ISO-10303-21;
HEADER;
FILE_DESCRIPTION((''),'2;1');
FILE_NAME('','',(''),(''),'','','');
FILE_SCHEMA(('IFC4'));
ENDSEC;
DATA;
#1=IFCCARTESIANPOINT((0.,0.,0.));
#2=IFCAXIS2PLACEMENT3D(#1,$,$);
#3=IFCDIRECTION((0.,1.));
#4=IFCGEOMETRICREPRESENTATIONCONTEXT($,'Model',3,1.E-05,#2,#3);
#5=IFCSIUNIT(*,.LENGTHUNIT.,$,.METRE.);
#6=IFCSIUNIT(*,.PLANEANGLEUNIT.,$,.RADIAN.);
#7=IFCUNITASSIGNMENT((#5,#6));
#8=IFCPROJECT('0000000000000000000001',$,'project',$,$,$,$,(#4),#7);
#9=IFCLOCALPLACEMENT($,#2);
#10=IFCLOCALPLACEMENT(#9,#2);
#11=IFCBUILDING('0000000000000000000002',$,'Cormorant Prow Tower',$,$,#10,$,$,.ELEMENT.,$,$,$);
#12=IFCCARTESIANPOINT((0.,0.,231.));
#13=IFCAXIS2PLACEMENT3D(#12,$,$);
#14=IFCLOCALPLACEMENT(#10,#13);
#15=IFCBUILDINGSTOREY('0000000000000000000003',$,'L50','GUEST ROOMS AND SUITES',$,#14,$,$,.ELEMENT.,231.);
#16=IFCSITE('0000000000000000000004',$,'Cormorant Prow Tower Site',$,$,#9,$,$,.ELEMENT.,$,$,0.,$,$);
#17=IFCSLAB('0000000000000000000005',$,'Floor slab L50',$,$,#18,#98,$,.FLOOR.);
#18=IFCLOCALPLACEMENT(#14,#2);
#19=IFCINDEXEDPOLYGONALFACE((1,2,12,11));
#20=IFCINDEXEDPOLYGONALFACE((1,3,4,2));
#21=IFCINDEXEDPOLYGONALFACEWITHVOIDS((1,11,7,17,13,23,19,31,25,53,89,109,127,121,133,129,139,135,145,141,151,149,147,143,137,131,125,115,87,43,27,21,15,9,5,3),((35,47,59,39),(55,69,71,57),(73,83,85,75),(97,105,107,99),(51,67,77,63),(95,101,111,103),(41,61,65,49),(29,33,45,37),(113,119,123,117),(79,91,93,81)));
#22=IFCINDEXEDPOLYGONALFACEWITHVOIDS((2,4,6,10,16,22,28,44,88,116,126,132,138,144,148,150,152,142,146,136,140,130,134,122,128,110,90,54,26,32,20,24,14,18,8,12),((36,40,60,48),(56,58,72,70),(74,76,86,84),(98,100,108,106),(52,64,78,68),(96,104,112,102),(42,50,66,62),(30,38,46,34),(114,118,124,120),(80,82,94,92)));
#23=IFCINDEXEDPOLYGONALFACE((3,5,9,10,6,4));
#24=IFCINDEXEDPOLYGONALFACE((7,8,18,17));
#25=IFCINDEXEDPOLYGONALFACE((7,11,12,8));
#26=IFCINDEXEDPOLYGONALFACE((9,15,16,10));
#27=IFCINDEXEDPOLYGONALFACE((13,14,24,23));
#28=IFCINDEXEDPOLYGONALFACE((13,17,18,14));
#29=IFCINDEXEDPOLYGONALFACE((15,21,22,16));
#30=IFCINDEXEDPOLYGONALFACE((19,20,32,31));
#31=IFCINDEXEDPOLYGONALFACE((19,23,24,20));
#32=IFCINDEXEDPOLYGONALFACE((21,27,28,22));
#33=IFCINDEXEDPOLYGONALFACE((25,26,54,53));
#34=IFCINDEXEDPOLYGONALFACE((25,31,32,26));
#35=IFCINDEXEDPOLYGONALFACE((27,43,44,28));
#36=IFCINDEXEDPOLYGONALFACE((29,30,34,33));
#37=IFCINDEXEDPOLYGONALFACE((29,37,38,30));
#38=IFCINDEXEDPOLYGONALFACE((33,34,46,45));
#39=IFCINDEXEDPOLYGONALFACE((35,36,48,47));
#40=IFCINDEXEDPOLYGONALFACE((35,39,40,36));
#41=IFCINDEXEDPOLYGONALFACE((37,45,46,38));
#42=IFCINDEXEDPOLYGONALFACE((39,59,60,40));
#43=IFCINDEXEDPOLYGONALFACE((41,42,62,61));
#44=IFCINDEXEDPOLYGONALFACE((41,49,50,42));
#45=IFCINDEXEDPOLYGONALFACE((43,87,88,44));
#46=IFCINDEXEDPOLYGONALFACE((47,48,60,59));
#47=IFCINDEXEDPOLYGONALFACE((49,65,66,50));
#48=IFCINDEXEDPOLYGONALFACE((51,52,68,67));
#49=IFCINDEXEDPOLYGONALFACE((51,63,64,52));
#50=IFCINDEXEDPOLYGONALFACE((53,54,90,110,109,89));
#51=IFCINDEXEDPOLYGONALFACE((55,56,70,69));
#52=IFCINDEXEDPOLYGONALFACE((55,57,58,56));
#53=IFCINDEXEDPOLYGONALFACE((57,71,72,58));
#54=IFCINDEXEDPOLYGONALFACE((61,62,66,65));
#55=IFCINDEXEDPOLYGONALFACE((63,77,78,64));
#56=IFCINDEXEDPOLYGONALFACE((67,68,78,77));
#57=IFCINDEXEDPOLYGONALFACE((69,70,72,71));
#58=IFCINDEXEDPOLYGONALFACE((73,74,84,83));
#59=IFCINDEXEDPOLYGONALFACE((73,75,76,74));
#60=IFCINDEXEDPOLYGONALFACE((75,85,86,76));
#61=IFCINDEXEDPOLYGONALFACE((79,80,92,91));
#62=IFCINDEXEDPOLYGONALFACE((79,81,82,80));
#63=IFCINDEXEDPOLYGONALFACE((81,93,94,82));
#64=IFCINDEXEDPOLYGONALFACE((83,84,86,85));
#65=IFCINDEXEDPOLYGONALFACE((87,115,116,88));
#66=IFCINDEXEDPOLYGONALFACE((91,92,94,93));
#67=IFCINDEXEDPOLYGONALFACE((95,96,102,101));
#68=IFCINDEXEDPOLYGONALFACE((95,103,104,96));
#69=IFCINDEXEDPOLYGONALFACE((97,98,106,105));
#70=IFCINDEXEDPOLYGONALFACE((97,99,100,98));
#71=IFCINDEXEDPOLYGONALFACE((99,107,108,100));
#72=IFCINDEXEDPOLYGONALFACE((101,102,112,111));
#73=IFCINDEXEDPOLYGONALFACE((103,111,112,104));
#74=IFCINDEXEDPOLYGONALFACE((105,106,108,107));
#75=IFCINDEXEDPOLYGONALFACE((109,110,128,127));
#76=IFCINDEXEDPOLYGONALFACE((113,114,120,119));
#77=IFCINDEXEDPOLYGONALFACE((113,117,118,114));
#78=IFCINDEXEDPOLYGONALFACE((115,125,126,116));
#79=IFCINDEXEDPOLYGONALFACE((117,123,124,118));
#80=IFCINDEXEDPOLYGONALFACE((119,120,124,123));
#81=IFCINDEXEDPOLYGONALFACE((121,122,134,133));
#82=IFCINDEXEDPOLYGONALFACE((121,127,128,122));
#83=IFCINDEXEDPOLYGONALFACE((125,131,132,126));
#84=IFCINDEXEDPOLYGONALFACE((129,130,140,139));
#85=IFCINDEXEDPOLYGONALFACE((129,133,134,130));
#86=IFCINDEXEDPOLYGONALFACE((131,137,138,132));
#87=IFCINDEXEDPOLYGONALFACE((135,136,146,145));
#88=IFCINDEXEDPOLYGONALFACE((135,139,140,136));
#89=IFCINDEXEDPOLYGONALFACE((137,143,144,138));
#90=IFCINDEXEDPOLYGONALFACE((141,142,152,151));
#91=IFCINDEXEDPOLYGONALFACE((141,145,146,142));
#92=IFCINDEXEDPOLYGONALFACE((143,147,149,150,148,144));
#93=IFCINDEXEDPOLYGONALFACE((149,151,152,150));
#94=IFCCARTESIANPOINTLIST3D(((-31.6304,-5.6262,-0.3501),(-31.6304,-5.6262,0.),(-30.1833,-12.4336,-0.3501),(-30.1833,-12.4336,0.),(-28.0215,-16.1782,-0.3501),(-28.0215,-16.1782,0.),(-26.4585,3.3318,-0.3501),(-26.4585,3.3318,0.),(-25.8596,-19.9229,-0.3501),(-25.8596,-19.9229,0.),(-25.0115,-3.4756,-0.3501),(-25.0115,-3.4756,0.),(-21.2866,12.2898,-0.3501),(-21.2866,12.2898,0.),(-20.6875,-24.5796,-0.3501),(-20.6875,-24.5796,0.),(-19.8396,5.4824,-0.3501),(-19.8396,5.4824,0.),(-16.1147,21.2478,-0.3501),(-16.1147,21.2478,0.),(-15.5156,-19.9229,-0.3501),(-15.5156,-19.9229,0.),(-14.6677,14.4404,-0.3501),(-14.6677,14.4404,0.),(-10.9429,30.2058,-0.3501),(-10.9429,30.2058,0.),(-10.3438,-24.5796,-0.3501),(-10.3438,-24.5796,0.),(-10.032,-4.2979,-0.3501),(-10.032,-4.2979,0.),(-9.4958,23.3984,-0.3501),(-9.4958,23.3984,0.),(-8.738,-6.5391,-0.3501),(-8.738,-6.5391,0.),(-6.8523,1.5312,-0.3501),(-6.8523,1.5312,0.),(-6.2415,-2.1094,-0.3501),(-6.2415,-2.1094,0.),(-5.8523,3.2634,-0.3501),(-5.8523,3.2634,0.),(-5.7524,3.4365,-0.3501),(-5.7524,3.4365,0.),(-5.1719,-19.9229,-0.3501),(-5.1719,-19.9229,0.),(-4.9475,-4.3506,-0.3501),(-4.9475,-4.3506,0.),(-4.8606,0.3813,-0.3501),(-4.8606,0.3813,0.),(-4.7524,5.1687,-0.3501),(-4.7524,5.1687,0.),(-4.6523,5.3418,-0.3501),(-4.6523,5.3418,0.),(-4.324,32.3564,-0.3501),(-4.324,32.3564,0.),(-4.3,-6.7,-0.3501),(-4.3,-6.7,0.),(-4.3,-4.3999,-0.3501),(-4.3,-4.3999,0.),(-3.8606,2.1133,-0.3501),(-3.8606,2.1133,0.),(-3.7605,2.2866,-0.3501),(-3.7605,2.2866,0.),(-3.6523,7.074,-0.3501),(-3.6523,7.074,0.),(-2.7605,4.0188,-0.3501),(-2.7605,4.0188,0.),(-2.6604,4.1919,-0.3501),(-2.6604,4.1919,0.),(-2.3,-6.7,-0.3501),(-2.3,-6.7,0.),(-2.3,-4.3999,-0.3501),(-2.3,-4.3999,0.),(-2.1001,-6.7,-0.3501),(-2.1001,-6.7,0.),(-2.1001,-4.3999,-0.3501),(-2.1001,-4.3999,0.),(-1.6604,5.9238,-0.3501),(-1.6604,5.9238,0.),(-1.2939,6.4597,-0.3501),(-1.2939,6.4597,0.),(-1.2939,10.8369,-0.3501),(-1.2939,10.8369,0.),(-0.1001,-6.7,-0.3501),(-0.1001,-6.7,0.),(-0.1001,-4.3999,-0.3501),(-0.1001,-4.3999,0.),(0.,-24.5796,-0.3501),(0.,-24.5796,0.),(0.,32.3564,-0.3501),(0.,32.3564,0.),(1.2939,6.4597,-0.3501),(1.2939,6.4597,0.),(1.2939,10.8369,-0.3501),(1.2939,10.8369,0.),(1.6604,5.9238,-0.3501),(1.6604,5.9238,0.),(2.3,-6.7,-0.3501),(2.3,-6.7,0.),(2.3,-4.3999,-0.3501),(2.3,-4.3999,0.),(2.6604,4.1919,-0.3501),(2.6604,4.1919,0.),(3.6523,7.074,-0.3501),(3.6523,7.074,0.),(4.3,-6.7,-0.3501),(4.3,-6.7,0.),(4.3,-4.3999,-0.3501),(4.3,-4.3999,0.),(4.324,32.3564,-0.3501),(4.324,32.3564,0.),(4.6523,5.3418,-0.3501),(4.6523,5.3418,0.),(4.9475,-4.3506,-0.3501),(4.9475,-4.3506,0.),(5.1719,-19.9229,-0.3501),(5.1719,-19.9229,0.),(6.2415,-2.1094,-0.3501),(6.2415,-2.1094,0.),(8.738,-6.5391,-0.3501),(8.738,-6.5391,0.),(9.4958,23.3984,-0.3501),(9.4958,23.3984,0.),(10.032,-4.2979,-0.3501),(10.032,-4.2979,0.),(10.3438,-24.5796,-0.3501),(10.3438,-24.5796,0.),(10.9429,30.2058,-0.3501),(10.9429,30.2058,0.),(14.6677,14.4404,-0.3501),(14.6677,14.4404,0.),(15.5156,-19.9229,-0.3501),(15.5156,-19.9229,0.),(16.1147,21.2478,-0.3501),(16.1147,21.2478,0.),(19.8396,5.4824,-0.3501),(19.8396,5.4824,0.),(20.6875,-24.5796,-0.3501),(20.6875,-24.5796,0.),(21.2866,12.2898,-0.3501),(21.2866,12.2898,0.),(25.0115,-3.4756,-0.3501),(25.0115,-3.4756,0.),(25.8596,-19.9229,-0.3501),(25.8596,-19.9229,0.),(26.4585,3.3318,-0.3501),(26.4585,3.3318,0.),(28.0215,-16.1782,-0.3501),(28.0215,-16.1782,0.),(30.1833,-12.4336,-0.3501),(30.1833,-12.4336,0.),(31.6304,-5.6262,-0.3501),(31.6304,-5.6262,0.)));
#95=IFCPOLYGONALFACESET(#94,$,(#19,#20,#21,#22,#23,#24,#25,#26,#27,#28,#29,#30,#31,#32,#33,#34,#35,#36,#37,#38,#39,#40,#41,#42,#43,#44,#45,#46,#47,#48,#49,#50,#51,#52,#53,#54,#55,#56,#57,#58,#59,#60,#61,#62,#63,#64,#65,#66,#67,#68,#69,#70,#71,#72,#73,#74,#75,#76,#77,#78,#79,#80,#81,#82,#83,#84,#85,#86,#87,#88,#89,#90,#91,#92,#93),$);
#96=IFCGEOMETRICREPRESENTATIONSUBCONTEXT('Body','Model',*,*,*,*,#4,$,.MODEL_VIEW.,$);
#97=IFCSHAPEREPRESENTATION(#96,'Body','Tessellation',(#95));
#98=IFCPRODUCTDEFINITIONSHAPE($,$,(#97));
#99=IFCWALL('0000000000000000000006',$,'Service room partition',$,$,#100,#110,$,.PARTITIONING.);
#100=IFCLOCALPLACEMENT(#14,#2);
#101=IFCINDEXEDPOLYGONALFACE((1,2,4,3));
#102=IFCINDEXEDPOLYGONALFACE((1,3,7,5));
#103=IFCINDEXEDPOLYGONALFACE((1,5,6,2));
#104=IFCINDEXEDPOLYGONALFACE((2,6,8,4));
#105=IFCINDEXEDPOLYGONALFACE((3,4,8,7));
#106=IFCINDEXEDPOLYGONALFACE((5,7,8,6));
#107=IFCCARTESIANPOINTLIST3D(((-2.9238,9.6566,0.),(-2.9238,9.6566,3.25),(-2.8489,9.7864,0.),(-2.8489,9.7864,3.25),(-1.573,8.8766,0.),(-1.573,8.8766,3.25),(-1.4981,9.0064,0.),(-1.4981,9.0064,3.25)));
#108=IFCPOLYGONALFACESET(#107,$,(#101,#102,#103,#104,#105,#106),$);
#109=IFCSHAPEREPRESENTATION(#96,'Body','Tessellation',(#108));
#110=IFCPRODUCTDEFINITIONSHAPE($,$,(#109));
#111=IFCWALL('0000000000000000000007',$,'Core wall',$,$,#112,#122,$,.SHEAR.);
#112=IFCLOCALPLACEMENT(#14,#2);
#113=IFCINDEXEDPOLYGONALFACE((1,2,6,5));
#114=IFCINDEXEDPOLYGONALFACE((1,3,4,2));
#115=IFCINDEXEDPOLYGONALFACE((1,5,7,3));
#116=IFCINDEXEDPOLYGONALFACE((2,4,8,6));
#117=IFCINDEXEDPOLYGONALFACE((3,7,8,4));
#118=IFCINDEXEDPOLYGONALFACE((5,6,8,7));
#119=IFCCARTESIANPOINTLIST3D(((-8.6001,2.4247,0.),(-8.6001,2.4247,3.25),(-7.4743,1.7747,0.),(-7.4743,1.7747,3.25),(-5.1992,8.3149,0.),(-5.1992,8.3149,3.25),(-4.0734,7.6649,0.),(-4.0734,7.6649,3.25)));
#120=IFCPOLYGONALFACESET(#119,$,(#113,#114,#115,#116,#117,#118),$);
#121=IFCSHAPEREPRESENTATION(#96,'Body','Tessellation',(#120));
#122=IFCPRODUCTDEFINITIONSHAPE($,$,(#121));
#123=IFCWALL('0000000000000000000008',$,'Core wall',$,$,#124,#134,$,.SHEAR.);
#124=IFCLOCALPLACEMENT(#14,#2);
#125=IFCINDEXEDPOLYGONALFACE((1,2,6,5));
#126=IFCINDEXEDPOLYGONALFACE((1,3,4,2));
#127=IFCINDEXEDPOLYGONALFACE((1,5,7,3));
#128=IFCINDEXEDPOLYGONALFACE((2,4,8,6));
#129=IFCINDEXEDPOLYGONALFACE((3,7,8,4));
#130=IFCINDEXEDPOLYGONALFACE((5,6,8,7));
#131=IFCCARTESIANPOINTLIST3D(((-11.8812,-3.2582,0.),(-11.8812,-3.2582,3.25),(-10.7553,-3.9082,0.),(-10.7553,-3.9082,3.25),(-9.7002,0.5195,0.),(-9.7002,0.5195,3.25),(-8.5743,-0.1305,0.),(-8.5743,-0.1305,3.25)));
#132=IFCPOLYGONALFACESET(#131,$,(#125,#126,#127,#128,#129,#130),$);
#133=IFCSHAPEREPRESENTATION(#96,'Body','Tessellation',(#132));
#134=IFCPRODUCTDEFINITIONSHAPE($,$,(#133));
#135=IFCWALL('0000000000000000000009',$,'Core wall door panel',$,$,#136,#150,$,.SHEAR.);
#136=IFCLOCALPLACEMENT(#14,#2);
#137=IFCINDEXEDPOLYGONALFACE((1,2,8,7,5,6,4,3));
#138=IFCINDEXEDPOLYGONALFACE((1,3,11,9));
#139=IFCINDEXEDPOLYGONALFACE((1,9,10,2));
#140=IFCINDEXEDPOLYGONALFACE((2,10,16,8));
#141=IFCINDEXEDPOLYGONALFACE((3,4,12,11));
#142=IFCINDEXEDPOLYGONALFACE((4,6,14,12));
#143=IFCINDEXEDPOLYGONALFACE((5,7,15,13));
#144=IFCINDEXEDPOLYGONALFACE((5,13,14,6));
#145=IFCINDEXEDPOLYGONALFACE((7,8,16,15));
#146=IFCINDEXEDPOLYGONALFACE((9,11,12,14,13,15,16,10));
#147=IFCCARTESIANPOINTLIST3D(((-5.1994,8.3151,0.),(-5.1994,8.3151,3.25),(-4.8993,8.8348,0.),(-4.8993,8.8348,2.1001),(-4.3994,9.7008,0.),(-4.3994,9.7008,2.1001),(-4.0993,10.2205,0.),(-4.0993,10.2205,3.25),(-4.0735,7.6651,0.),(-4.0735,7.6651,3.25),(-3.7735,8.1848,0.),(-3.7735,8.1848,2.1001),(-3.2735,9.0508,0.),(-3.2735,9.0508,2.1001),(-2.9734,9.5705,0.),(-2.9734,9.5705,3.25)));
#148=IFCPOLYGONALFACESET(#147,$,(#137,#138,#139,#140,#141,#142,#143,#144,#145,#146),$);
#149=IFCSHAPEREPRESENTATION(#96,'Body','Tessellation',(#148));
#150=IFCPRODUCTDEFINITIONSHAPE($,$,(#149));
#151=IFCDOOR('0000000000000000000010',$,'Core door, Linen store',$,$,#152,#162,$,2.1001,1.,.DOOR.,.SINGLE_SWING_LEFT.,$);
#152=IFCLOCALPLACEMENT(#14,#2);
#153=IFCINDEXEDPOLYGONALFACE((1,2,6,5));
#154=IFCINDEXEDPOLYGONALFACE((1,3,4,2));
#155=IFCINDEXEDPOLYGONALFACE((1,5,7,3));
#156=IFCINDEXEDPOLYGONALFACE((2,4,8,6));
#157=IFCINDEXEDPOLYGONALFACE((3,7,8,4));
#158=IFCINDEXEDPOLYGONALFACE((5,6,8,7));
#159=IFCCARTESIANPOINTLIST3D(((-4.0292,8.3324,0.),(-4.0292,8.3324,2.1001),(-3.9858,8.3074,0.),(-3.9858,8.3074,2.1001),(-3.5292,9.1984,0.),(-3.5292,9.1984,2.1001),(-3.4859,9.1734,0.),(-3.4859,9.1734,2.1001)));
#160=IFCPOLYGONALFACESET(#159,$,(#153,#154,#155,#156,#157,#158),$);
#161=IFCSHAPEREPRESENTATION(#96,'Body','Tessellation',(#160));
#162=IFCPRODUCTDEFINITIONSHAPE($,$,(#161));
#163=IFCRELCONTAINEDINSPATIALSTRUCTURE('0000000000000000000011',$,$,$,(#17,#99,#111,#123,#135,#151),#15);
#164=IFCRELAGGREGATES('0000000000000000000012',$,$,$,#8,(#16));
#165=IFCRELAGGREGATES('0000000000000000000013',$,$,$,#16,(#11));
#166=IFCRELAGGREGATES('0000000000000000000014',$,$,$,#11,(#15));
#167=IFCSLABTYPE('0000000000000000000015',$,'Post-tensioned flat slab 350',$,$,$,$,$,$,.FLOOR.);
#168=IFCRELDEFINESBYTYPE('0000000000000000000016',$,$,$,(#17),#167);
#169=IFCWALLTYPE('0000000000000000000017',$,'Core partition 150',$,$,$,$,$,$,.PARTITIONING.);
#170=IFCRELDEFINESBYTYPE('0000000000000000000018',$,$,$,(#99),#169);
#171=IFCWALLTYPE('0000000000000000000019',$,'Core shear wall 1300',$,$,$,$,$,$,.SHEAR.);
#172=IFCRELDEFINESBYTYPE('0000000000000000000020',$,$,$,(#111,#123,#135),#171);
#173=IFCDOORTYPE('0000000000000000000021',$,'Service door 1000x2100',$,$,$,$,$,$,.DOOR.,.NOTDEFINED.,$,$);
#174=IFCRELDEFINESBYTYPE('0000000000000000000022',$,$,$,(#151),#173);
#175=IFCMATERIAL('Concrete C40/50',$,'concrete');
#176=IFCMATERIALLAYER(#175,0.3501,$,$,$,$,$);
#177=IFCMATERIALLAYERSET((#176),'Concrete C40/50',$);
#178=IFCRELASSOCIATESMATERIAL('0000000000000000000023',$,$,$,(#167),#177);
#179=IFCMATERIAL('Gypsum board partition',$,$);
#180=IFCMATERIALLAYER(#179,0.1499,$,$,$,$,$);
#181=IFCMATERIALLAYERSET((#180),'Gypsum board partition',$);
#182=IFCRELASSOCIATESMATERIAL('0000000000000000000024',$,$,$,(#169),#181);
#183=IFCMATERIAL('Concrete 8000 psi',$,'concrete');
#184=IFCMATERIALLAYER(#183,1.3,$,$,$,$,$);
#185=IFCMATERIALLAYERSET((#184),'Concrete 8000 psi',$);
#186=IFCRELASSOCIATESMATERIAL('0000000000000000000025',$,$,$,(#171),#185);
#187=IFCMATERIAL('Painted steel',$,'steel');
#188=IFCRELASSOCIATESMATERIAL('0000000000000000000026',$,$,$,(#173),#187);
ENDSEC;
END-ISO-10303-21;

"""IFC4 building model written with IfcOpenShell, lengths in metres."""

from ifc_helpers import new_model, si_unit, direction, frame, frame_2d, origin, place, context, subcontext, project, spatial, polyline, rectangle, outline, extrude, material, layer, layer_set, type_object, element, fill, save


model = new_model("IFC4")

# Units and contexts
model_context = context("Model", 3, precision=1e-05, world=origin(), true_north=direction((0.0, 1.0)))
body_context = subcontext(model_context, "Body", "Model", "MODEL_VIEW")
ifc_project = project(units=[si_unit("LENGTHUNIT", "METRE"), si_unit("PLANEANGLEUNIT", "RADIAN")], contexts=[model_context])

# Site, building, storey
site_placement = place(None, origin())
site = spatial("IfcSite", under=ifc_project, at=site_placement, Name="Cormorant Prow Tower Site", CompositionType="ELEMENT", RefElevation=0.0)
building_placement = place(site_placement, origin())
building = spatial("IfcBuilding", under=site, at=building_placement, Name="Cormorant Prow Tower", CompositionType="ELEMENT")
storey_placement = place(building_placement, frame((0.0, 0.0, 231.0)))
storey = spatial("IfcBuildingStorey", under=building, at=storey_placement, Name="L50", Description="GUEST ROOMS AND SUITES", CompositionType="ELEMENT", Elevation=231.0)

# Slab
ifc_material_1 = material(Name="Concrete C40/50", Category="concrete")
ifc_layer_1 = layer(ifc_material_1, 0.3501)
ifc_layer_set_1 = layer_set([ifc_layer_1], Name="Concrete C40/50")
slab_type_1 = type_object("IfcSlabType", Name="Post-tensioned flat slab 350", PredefinedType="FLOOR", material=ifc_layer_set_1)
slab_1_placement = place(storey_placement, frame((0.0, 0.0, -0.3501)))
element("IfcSlab", 1, at=slab_1_placement, inside=storey, type_object=slab_type_1, Name="Floor slab L50", PredefinedType="FLOOR", context=body_context, shape_type="SweptSolid", body=[
    extrude(outline(polyline([(-9.4958, 23.3984), (-16.1147, 21.2478), (-14.6677, 14.4404), (-21.2866, 12.2898), (-19.8396, 5.4824), (-26.4585, 3.3318), (-25.0115, -3.4756), (-31.6304, -5.6262), (-30.1833, -12.4336), (-28.0215, -16.1782), (-25.8596, -19.9229), (-20.6875, -24.5796), (-15.5156, -19.9229), (-10.3438, -24.5796), (-5.1719, -19.9229), (0.0, -24.5796), (5.1719, -19.9229), (10.3438, -24.5796), (15.5156, -19.9229), (20.6875, -24.5796), (25.8596, -19.9229), (28.0215, -16.1782), (30.1833, -12.4336), (31.6304, -5.6262), (25.0115, -3.4756), (26.4585, 3.3318), (19.8396, 5.4824), (21.2866, 12.2898), (14.6677, 14.4404), (16.1147, 21.2478), (9.4958, 23.3984), (10.9429, 30.2058), (4.324, 32.3564), (0.0, 32.3564), (-4.324, 32.3564), (-10.9429, 30.2058), (-9.4958, 23.3984)]), holes=[polyline([(-4.3, -4.3999), (-2.3, -4.3999), (-2.3, -6.7), (-4.3, -6.7), (-4.3, -4.3999)]), polyline([(-0.1001, -4.3999), (-0.1001, -6.7), (-2.1001, -6.7), (-2.1001, -4.3999), (-0.1001, -4.3999)]), polyline([(4.3, -6.7), (2.3, -6.7), (2.3, -4.3999), (4.3, -4.3999), (4.3, -6.7)]), polyline([(4.6523, 5.3418), (2.6604, 4.1919), (1.6604, 5.9238), (3.6523, 7.074), (4.6523, 5.3418)]), polyline([(-1.6604, 5.9238), (-2.6604, 4.1919), (-4.6523, 5.3418), (-3.6523, 7.074), (-1.6604, 5.9238)]), polyline([(-3.7605, 2.2866), (-5.7524, 3.4365), (-4.7524, 5.1687), (-2.7605, 4.0188), (-3.7605, 2.2866)]), polyline([(-6.8523, 1.5312), (-5.8523, 3.2634), (-3.8606, 2.1133), (-4.8606, 0.3813), (-6.8523, 1.5312)]), polyline([(-4.9475, -4.3506), (-8.738, -6.5391), (-10.032, -4.2979), (-6.2415, -2.1094), (-4.9475, -4.3506)]), polyline([(10.032, -4.2979), (8.738, -6.5391), (4.9475, -4.3506), (6.2415, -2.1094), (10.032, -4.2979)]), polyline([(1.2939, 10.8369), (1.2939, 6.4597), (-1.2939, 6.4597), (-1.2939, 10.8369), (1.2939, 10.8369)])]), origin(), (0.0, 0.0, 1.0), 0.3501),
])

# Walls
ifc_material_2 = material(Name="Gypsum board partition")
ifc_layer_2 = layer(ifc_material_2, 0.1499)
ifc_layer_set_2 = layer_set([ifc_layer_2], Name="Gypsum board partition")
wall_type_1 = type_object("IfcWallType", Name="Core partition 150", PredefinedType="PARTITIONING", material=ifc_layer_set_2)
wall_1_placement = place(storey_placement, frame((-2.8862, 9.7214, 0.0), z_axis=(0.0, 0.0, 1.0), x_axis=(0.86599, -0.500061, 0.0)))
element("IfcWall", 2, at=wall_1_placement, inside=storey, type_object=wall_type_1, Name="Service room partition", PredefinedType="PARTITIONING", context=body_context, shape_type="SweptSolid", body=[
    extrude(rectangle(XDim=1.5598, YDim=0.1499, at=frame_2d((0.7798, 0.0))), origin(), (0.0, 0.0, 1.0), 3.25),
])
ifc_material_3 = material(Name="Concrete 8000 psi", Category="concrete")
ifc_layer_3 = layer(ifc_material_3, 1.3)
ifc_layer_set_3 = layer_set([ifc_layer_3], Name="Concrete 8000 psi")
wall_type_2 = type_object("IfcWallType", Name="Core shear wall 1300", PredefinedType="SHEAR", material=ifc_layer_set_3)
wall_2_placement = place(storey_placement, frame((-4.6362, 7.99, 0.0), z_axis=(0.0, 0.0, 1.0), x_axis=(-0.500023, -0.866012, 0.0)))
element("IfcWall", 3, at=wall_2_placement, inside=storey, type_object=wall_type_2, Name="Core wall", PredefinedType="SHEAR", context=body_context, shape_type="SweptSolid", body=[
    extrude(rectangle(XDim=6.8015, YDim=1.3, at=frame_2d((3.4009, 0.0))), origin(), (0.0, 0.0, 1.0), 3.25),
])
wall_3_placement = place(storey_placement, frame((-9.1372, 0.1946, 0.0), z_axis=(0.0, 0.0, 1.0), x_axis=(-0.499986, -0.866034, 0.0)))
element("IfcWall", 4, at=wall_3_placement, inside=storey, type_object=wall_type_2, Name="Core wall", PredefinedType="SHEAR", context=body_context, shape_type="SweptSolid", body=[
    extrude(rectangle(XDim=4.3621, YDim=1.3, at=frame_2d((2.1812, 0.0))), origin(), (0.0, 0.0, 1.0), 3.25),
])

# Wall, opening, door
wall_4_placement = place(storey_placement, frame((-3.5364, 9.8955, 0.0), z_axis=(0.0, 0.0, 1.0), x_axis=(-0.499982, -0.866036, 0.0)))
wall_4 = element("IfcWall", 5, at=wall_4_placement, inside=storey, type_object=wall_type_2, Name="Core wall door panel", PredefinedType="SHEAR", context=body_context, shape_type="SweptSolid", body=[
    extrude(rectangle(XDim=2.2002, YDim=1.3, at=frame_2d((1.1001, 0.0))), origin(), (0.0, 0.0, 1.0), 3.25),
])
opening_1_placement = place(wall_4_placement, frame((0.6001, 0.0, 0.0)))
opening_1 = element("IfcOpeningElement", 6, at=opening_1_placement, cuts=wall_4, PredefinedType="OPENING", context=body_context, shape_type="SweptSolid", body=[
    extrude(rectangle(XDim=1.0, YDim=2.1001, at=frame_2d((0.5, 1.05))), frame((0.0, 0.6599, 0.0), z_axis=(0.0, -1.0, 0.0), x_axis=(1.0, 0.0, 0.0)), (0.0, 0.0, 1.0), 1.3201),
])
ifc_material_4 = material(Name="Painted steel", Category="steel")
door_type_1 = type_object("IfcDoorType", Name="Service door 1000x2100", OperationType="NOTDEFINED", PredefinedType="DOOR", material=ifc_material_4)
door_1_placement = place(opening_1_placement, origin())
door_1 = element("IfcDoor", 7, at=door_1_placement, inside=storey, type_object=door_type_1, Name="Core door, Linen store", OperationType="SINGLE_SWING_LEFT", OverallHeight=2.1001, OverallWidth=1.0, PredefinedType="DOOR", context=body_context, shape_type="SweptSolid", body=[
    extrude(rectangle(XDim=1.0, YDim=2.1001, at=frame_2d((0.5, 1.05))), frame((0.0, 0.4048, 0.0), z_axis=(0.0, -1.0, 0.0), x_axis=(1.0, 0.0, 0.0)), (0.0, 0.0, 1.0), 0.05),
])
fill(opening_1, door_1)

save(model, "model.ifc")
